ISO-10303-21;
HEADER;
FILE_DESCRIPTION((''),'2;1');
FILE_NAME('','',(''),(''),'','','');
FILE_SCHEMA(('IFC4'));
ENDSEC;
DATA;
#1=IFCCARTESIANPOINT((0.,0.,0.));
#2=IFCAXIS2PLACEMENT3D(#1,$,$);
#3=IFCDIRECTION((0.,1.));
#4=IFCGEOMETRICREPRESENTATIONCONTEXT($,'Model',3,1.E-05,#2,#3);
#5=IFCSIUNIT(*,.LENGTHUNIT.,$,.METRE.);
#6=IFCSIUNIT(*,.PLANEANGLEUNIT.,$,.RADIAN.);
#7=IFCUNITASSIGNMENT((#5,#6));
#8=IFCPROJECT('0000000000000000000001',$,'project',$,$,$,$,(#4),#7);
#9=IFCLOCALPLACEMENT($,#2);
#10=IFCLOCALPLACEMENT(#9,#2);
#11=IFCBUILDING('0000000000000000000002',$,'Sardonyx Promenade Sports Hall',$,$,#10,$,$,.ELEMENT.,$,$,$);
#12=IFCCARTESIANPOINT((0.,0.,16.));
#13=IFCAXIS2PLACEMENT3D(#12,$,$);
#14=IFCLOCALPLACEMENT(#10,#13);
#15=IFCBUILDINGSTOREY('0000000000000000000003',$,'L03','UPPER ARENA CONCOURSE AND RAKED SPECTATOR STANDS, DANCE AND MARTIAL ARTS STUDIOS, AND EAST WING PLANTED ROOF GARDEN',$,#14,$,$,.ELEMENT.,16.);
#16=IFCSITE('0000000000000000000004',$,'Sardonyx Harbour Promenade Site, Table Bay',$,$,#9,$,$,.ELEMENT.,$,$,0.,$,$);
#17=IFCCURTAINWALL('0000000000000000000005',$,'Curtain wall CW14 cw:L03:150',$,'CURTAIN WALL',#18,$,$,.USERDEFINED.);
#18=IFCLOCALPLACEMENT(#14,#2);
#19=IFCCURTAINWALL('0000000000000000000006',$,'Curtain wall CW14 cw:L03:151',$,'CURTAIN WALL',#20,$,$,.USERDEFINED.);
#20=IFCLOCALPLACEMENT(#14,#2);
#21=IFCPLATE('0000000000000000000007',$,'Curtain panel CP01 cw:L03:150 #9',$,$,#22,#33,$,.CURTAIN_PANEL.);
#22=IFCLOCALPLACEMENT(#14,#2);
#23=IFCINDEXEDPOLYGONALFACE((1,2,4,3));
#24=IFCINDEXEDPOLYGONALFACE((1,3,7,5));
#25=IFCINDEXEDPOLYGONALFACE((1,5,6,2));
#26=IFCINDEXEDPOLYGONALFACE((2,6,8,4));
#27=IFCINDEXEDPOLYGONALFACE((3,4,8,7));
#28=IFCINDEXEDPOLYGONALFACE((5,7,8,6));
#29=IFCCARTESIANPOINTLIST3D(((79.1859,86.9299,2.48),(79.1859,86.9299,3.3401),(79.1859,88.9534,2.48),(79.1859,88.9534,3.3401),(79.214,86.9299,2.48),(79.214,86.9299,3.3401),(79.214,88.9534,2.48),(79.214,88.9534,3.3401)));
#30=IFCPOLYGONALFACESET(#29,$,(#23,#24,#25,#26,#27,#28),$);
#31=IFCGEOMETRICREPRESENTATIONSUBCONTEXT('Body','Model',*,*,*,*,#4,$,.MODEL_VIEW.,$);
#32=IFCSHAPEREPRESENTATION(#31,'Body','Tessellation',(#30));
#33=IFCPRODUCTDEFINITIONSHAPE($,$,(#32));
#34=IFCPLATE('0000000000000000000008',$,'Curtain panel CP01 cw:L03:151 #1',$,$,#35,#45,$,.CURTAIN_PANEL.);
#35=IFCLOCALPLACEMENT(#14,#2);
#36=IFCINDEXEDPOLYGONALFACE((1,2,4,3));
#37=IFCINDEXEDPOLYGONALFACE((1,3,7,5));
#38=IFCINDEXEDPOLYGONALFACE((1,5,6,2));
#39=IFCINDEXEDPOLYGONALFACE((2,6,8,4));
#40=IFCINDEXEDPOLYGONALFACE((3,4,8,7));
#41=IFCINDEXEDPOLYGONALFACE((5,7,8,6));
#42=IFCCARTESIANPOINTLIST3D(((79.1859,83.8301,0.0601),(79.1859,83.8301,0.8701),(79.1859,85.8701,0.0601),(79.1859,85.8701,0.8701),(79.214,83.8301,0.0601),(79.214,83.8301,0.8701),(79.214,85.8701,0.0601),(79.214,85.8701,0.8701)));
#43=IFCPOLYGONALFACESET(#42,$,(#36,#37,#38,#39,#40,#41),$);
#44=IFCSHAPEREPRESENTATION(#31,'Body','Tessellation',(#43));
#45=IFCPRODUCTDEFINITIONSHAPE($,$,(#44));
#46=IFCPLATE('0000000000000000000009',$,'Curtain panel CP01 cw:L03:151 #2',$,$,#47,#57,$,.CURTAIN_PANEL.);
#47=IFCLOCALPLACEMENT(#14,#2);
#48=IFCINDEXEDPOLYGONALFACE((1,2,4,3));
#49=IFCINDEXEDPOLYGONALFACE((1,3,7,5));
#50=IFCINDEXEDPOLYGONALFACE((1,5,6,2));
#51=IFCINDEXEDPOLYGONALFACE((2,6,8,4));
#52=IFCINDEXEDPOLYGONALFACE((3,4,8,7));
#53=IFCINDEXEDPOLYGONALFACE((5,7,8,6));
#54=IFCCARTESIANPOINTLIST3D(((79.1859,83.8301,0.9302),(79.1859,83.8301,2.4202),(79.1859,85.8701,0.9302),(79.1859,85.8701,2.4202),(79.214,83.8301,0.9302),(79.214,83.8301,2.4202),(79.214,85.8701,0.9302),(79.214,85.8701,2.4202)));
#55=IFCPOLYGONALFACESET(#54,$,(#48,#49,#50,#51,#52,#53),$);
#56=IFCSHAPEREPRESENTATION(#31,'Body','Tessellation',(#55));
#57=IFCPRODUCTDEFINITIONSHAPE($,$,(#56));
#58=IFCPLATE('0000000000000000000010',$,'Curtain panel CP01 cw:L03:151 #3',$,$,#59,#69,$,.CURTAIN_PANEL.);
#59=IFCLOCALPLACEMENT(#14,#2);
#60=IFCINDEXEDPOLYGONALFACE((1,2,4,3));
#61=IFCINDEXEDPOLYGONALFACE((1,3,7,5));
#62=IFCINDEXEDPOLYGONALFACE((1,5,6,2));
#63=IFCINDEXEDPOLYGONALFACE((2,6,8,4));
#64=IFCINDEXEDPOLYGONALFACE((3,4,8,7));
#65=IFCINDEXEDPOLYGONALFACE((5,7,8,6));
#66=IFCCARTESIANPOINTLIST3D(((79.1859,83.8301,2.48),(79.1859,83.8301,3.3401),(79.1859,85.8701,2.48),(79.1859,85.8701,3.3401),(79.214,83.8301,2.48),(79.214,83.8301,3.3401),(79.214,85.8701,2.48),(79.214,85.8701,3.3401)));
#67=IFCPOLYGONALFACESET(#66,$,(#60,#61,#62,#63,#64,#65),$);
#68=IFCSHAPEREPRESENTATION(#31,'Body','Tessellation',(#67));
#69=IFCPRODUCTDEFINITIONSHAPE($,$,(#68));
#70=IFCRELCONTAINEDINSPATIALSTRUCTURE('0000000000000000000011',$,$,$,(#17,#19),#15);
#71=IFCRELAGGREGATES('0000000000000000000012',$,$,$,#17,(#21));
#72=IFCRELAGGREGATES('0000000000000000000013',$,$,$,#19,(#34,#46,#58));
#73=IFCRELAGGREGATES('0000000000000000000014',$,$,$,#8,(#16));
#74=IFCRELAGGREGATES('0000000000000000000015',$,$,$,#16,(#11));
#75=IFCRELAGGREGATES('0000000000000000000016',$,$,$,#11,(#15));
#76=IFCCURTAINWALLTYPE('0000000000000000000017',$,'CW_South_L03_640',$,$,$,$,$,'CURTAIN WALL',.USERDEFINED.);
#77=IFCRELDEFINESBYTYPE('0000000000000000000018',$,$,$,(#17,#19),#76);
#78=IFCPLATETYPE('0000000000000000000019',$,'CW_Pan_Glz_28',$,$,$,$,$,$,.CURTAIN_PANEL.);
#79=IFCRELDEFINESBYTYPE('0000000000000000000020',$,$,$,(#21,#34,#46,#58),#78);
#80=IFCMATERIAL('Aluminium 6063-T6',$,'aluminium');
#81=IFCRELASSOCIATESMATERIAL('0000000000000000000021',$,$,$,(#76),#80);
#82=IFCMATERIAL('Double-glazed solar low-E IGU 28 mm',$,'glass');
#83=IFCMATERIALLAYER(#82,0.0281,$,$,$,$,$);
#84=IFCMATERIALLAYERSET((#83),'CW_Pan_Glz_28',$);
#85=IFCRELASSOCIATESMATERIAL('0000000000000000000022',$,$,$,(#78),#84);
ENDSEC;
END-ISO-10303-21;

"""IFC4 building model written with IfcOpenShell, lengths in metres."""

from ifc_helpers import new_model, si_unit, direction, frame, origin, origin_2d, place, context, subcontext, project, spatial, rectangle, extrude, material, layer, layer_set, type_object, element, aggregate, save


model = new_model("IFC4")

# Units and contexts
model_context = context("Model", 3, precision=1e-05, world=origin(), true_north=direction((0.0, 1.0)))
body_context = subcontext(model_context, "Body", "Model", "MODEL_VIEW")
ifc_project = project(units=[si_unit("LENGTHUNIT", "METRE"), si_unit("PLANEANGLEUNIT", "RADIAN")], contexts=[model_context])

# Site, building, storey
site_placement = place(None, origin())
site = spatial("IfcSite", under=ifc_project, at=site_placement, Name="Sardonyx Harbour Promenade Site, Table Bay", CompositionType="ELEMENT", RefElevation=0.0)
building_placement = place(site_placement, origin())
building = spatial("IfcBuilding", under=site, at=building_placement, Name="Sardonyx Promenade Sports Hall", CompositionType="ELEMENT")
storey_placement = place(building_placement, frame((0.0, 0.0, 16.0)))
storey = spatial("IfcBuildingStorey", under=building, at=storey_placement, Name="L03", Description="UPPER ARENA CONCOURSE AND RAKED SPECTATOR STANDS, DANCE AND MARTIAL ARTS STUDIOS, AND EAST WING PLANTED ROOF GARDEN", CompositionType="ELEMENT", Elevation=16.0)

# Curtain walls
ifc_material_1 = material(Name="Aluminium 6063-T6", Category="aluminium")
curtain_wall_type = type_object("IfcCurtainWallType", Name="CW_South_L03_640", ElementType="CURTAIN WALL", PredefinedType="USERDEFINED", material=ifc_material_1)
curtain_wall_1_placement = place(storey_placement, origin())
curtain_wall_1 = element("IfcCurtainWall", 1, at=curtain_wall_1_placement, inside=storey, type_object=curtain_wall_type, Name="Curtain wall CW14 cw:L03:150", ObjectType="CURTAIN WALL", PredefinedType="USERDEFINED")
curtain_wall_2_placement = place(storey_placement, origin())
curtain_wall_2 = element("IfcCurtainWall", 2, at=curtain_wall_2_placement, inside=storey, type_object=curtain_wall_type, Name="Curtain wall CW14 cw:L03:151", ObjectType="CURTAIN WALL", PredefinedType="USERDEFINED")

# Plates
ifc_material_2 = material(Name="Double-glazed solar low-E IGU 28 mm", Category="glass")
ifc_layer = layer(ifc_material_2, 0.0281)
ifc_layer_set = layer_set([ifc_layer], Name="CW_Pan_Glz_28")
plate_type = type_object("IfcPlateType", Name="CW_Pan_Glz_28", PredefinedType="CURTAIN_PANEL", material=ifc_layer_set)
plate_1_placement = place(storey_placement, frame((79.2, 87.9417, 2.48), z_axis=(0.0, 0.0, 1.0), x_axis=(0.0, -1.0, 0.0)))
plate_1 = element("IfcPlate", 3, at=plate_1_placement, type_object=plate_type, Name="Curtain panel CP01 cw:L03:150 #9", PredefinedType="CURTAIN_PANEL", context=body_context, shape_type="SweptSolid", body=[
    extrude(rectangle(XDim=2.0234, YDim=0.0281, at=origin_2d()), origin(), (0.0, 0.0, 1.0), 0.8601),
])
aggregate(curtain_wall_1, [plate_1])
plate_2_placement = place(storey_placement, frame((79.2, 84.8501, 0.0601), z_axis=(0.0, 0.0, 1.0), x_axis=(0.0, -1.0, 0.0)))
plate_2 = element("IfcPlate", 4, at=plate_2_placement, type_object=plate_type, Name="Curtain panel CP01 cw:L03:151 #1", PredefinedType="CURTAIN_PANEL", context=body_context, shape_type="SweptSolid", body=[
    extrude(rectangle(XDim=2.04, YDim=0.0281, at=origin_2d()), origin(), (0.0, 0.0, 1.0), 0.8101),
])
plate_3_placement = place(storey_placement, frame((79.2, 84.8501, 0.9302), z_axis=(0.0, 0.0, 1.0), x_axis=(0.0, -1.0, 0.0)))
plate_3 = element("IfcPlate", 5, at=plate_3_placement, type_object=plate_type, Name="Curtain panel CP01 cw:L03:151 #2", PredefinedType="CURTAIN_PANEL", context=body_context, shape_type="SweptSolid", body=[
    extrude(rectangle(XDim=2.04, YDim=0.0281, at=origin_2d()), origin(), (0.0, 0.0, 1.0), 1.49),
])
plate_4_placement = place(storey_placement, frame((79.2, 84.8501, 2.48), z_axis=(0.0, 0.0, 1.0), x_axis=(0.0, -1.0, 0.0)))
plate_4 = element("IfcPlate", 6, at=plate_4_placement, type_object=plate_type, Name="Curtain panel CP01 cw:L03:151 #3", PredefinedType="CURTAIN_PANEL", context=body_context, shape_type="SweptSolid", body=[
    extrude(rectangle(XDim=2.04, YDim=0.0281, at=origin_2d()), origin(), (0.0, 0.0, 1.0), 0.8601),
])
aggregate(curtain_wall_2, [plate_2, plate_3, plate_4])

save(model, "model.ifc")
